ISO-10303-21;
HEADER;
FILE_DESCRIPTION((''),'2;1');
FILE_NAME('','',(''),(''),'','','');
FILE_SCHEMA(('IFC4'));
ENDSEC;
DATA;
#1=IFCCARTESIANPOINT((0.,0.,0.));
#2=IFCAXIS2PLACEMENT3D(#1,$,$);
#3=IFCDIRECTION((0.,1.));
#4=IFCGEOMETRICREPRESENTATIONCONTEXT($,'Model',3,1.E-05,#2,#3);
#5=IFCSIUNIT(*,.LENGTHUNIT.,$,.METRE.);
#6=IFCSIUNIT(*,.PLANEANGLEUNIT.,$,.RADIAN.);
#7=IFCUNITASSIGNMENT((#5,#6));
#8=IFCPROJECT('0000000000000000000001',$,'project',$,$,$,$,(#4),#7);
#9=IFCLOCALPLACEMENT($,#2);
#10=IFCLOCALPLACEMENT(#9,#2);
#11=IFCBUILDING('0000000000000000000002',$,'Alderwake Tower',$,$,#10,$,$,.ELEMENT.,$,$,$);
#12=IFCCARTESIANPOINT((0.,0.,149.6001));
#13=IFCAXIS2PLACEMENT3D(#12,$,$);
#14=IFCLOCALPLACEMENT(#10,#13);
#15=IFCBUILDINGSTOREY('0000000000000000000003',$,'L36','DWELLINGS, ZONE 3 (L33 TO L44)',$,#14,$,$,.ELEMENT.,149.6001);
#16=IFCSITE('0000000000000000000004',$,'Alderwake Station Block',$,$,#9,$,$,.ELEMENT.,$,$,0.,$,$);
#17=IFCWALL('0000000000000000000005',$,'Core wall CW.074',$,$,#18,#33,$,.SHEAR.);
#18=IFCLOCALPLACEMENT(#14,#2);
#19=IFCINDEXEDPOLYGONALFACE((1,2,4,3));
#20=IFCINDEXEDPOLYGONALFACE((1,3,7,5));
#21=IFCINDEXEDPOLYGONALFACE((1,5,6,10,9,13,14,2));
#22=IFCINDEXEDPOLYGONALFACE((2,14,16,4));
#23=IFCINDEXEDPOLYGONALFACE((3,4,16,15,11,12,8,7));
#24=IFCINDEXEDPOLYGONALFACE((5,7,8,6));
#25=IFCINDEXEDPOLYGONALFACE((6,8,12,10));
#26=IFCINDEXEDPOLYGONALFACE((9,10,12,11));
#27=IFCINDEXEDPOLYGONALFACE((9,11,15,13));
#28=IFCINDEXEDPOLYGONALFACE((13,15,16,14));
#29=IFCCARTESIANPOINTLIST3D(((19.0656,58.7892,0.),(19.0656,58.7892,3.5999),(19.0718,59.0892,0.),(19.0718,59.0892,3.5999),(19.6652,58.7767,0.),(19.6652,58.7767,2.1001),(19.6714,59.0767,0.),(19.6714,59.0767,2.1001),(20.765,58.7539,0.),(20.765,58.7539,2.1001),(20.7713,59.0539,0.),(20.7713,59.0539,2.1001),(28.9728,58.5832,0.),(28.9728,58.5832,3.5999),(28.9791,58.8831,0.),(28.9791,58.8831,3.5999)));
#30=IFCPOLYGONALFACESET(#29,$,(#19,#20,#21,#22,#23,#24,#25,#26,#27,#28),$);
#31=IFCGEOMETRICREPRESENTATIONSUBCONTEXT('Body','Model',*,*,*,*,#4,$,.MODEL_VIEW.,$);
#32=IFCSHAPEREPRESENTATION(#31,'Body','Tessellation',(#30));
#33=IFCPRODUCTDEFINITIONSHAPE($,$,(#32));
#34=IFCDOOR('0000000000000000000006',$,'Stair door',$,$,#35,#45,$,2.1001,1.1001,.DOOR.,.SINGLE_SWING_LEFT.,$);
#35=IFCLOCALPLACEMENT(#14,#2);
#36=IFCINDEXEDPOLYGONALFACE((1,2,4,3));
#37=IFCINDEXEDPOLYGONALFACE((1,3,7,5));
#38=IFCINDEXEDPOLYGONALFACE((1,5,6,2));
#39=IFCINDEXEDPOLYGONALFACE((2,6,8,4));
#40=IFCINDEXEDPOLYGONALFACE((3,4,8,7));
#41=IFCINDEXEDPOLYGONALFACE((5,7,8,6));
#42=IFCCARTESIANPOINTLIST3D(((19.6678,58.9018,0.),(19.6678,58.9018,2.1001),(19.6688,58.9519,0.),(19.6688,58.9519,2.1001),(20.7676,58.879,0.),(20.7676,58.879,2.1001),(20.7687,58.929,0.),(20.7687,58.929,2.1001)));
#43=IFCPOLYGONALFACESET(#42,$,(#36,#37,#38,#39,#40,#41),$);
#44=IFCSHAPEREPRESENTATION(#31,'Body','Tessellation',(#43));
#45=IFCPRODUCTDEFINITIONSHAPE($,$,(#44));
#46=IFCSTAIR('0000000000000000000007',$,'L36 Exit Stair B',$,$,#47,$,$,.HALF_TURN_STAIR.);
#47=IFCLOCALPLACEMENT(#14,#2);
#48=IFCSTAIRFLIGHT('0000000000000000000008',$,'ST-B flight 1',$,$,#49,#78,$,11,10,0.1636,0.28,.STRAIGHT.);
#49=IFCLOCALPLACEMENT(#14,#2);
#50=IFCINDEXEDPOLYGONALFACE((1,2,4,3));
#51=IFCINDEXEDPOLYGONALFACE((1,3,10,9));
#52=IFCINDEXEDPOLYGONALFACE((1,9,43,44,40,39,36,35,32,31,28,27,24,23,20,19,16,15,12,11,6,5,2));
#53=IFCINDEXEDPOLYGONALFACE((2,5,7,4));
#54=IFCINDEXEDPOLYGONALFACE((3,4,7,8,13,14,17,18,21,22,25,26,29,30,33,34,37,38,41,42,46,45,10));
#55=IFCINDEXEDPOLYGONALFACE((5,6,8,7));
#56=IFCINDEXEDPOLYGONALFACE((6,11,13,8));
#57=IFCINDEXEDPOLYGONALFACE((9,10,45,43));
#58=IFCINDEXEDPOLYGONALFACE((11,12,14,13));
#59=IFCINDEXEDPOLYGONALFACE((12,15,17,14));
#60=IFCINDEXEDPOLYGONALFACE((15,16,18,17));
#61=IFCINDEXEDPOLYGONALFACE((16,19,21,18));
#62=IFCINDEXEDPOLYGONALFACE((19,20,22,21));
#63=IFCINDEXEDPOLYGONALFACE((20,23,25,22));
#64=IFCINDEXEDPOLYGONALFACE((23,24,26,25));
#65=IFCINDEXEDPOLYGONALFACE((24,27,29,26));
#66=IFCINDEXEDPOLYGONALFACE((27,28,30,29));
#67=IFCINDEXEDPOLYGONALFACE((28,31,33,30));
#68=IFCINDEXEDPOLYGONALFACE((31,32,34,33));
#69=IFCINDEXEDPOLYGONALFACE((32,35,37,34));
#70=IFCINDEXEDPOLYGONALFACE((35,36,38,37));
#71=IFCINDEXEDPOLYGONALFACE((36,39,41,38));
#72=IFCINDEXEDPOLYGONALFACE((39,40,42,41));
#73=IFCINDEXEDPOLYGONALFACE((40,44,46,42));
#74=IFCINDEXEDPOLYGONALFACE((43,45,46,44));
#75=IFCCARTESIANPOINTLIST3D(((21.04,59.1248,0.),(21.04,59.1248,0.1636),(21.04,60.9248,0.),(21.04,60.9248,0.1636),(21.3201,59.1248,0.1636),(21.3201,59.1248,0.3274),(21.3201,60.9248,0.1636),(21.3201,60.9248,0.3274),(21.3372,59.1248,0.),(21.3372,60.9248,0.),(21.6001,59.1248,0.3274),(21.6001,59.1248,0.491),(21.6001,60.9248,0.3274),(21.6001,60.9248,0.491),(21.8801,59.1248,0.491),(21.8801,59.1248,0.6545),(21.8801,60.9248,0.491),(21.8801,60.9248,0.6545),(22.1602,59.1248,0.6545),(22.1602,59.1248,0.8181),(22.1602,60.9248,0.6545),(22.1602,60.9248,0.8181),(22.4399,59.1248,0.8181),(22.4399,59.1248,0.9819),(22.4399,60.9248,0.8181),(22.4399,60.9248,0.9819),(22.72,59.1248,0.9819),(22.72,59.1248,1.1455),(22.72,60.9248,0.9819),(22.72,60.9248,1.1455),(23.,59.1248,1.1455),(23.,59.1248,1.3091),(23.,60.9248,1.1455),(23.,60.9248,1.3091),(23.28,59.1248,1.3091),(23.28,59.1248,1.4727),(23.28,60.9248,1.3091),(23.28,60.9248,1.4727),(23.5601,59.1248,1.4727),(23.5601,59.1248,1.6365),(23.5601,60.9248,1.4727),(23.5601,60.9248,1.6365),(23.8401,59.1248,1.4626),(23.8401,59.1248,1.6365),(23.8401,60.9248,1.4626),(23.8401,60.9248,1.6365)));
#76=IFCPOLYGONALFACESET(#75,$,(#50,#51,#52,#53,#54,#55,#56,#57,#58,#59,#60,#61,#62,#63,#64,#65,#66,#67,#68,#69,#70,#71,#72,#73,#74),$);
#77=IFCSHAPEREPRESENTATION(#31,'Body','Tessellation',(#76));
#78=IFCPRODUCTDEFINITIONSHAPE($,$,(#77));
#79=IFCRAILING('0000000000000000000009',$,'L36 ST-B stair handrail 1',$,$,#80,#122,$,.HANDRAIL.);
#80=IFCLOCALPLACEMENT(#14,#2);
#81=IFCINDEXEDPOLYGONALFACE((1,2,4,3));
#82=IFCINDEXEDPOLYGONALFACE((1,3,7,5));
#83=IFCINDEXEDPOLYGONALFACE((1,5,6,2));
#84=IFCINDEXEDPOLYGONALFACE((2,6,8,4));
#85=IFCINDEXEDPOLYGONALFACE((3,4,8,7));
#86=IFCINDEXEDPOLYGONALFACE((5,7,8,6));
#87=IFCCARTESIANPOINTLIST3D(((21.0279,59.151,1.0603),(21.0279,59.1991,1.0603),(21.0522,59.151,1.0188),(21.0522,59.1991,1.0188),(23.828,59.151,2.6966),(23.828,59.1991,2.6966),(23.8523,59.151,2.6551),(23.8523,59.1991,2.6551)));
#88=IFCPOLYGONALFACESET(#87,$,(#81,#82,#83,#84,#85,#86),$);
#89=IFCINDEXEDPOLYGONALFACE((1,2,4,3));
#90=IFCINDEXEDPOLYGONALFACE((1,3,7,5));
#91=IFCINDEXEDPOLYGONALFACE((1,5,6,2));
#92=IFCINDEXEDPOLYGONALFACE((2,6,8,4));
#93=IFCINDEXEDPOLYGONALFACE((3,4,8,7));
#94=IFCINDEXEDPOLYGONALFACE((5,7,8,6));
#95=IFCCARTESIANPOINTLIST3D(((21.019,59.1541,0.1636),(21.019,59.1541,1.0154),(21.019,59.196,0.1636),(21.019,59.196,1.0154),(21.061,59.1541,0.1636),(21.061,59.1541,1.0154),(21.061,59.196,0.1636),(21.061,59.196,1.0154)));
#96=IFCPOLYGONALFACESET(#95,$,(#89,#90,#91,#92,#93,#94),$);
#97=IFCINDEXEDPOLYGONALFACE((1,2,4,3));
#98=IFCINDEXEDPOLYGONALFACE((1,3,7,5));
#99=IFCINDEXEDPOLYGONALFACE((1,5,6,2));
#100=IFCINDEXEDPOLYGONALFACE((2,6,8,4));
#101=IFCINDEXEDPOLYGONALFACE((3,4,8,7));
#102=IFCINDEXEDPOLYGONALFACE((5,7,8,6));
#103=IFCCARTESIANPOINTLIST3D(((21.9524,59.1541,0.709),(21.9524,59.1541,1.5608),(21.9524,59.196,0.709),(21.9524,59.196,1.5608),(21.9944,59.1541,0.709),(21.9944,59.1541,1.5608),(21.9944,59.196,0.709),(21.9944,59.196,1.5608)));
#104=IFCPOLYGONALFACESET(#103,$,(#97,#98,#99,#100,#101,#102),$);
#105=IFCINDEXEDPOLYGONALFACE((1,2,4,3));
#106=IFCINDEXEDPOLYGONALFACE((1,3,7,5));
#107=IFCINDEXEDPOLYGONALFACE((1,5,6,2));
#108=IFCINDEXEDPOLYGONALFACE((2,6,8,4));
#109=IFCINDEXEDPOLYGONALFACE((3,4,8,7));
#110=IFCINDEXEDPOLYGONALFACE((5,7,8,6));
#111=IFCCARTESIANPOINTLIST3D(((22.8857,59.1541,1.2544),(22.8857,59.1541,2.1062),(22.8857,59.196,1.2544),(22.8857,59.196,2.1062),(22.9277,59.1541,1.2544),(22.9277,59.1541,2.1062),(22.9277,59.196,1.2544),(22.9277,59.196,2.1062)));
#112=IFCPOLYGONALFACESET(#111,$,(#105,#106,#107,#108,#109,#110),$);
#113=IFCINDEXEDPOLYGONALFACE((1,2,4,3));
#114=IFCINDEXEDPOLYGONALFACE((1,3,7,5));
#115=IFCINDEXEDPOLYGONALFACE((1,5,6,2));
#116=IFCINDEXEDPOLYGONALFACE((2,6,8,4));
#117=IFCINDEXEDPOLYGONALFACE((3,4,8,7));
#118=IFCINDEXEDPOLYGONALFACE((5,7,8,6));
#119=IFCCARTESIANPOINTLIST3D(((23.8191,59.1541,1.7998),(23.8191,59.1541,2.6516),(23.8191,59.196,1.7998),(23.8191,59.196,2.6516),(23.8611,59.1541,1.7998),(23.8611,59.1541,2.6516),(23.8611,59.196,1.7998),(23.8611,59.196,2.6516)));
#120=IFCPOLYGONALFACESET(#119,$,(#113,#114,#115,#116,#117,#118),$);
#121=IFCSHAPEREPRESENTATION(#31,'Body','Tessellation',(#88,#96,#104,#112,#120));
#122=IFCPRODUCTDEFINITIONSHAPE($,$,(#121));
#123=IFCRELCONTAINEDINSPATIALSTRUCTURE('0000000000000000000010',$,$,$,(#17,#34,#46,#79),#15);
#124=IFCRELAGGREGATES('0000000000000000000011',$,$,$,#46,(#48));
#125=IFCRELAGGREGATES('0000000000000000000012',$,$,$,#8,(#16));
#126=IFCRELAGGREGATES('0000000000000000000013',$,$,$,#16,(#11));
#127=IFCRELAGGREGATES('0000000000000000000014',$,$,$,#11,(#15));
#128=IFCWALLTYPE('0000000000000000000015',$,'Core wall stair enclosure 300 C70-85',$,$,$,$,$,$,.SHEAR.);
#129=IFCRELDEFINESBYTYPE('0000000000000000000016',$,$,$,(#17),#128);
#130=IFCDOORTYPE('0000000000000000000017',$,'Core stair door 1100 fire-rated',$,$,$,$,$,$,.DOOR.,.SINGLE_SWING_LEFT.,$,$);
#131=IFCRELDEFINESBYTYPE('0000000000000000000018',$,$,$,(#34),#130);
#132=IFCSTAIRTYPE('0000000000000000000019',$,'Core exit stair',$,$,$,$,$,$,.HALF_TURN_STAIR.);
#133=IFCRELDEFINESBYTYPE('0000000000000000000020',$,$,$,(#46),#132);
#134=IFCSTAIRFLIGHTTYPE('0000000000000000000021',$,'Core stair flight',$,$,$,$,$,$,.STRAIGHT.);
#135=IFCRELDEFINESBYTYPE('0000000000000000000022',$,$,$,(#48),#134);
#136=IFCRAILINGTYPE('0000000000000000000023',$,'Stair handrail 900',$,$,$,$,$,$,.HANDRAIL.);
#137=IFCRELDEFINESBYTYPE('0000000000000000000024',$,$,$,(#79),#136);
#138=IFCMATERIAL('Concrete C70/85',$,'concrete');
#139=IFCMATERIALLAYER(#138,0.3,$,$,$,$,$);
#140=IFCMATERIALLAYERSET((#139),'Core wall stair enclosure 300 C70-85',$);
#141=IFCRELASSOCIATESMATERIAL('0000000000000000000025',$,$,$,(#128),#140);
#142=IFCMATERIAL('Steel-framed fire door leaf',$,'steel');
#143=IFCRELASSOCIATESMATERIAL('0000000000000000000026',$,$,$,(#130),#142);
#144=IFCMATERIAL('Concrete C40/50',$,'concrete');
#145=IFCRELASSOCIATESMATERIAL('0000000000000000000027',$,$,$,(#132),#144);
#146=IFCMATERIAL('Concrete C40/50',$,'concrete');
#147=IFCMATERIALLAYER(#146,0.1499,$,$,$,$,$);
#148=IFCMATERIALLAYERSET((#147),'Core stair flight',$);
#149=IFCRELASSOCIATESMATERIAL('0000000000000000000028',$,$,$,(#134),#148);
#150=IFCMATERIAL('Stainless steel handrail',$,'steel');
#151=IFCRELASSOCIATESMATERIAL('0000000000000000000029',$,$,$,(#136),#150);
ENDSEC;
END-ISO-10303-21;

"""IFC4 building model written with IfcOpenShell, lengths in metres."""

from ifc_helpers import new_model, si_unit, direction, frame, frame_2d, origin, origin_with_axes, origin_2d, place, context, subcontext, project, spatial, polyline, rectangle, outline, extrude, material, layer, layer_set, type_object, element, fill, aggregate, save


model = new_model("IFC4")

# Units and contexts
model_context = context("Model", 3, precision=1e-05, world=origin(), true_north=direction((0.0, 1.0)))
body_context = subcontext(model_context, "Body", "Model", "MODEL_VIEW")
ifc_project = project(units=[si_unit("LENGTHUNIT", "METRE"), si_unit("PLANEANGLEUNIT", "RADIAN")], contexts=[model_context])

# Site, building, storey
site_placement = place(None, origin())
site = spatial("IfcSite", under=ifc_project, at=site_placement, Name="Alderwake Station Block", CompositionType="ELEMENT", RefElevation=0.0)
building_placement = place(site_placement, origin())
building = spatial("IfcBuilding", under=site, at=building_placement, Name="Alderwake Tower", CompositionType="ELEMENT")
storey_placement = place(building_placement, frame((0.0, 0.0, 149.6001)))
storey = spatial("IfcBuildingStorey", under=building, at=storey_placement, Name="L36", Description="DWELLINGS, ZONE 3 (L33 TO L44)", CompositionType="ELEMENT", Elevation=149.6001)

# Wall, opening, door
ifc_material_1 = material(Name="Concrete C70/85", Category="concrete")
ifc_layer_1 = layer(ifc_material_1, 0.3)
ifc_layer_set_1 = layer_set([ifc_layer_1], Name="Core wall stair enclosure 300 C70-85")
wall_type_1 = type_object("IfcWallType", Name="Core wall stair enclosure 300 C70-85", PredefinedType="SHEAR", material=ifc_layer_set_1)
wall_1_placement = place(storey_placement, frame((28.9758, 58.7332, 0.0), z_axis=(0.0, 0.0, 1.0), x_axis=(-0.999784, 0.020794, 0.0)))
wall_1 = element("IfcWall", 1, at=wall_1_placement, inside=storey, type_object=wall_type_1, Name="Core wall CW.074", PredefinedType="SHEAR", context=body_context, shape_type="SweptSolid", body=[
    extrude(rectangle(XDim=9.9094, YDim=0.3, at=frame_2d((4.9546, 0.0))), origin(), (0.0, 0.0, 1.0), 3.5999),
])
opening_1_placement = place(wall_1_placement, frame((8.2095, 0.0, 0.0)))
opening_1 = element("IfcOpeningElement", 2, at=opening_1_placement, cuts=wall_1, PredefinedType="OPENING", context=body_context, shape_type="SweptSolid", body=[
    extrude(rectangle(XDim=1.1001, YDim=2.1001, at=frame_2d((0.55, 1.05))), frame((0.0, 0.1599, 0.0), z_axis=(0.0, -1.0, 0.0), x_axis=(1.0, 0.0, 0.0)), (0.0, 0.0, 1.0), 0.3201),
])
ifc_material_2 = material(Name="Steel-framed fire door leaf", Category="steel")
door_type_1 = type_object("IfcDoorType", Name="Core stair door 1100 fire-rated", OperationType="SINGLE_SWING_LEFT", PredefinedType="DOOR", material=ifc_material_2)
door_1_placement = place(opening_1_placement, origin())
door_1 = element("IfcDoor", 3, at=door_1_placement, inside=storey, type_object=door_type_1, Name="Stair door", OperationType="SINGLE_SWING_LEFT", OverallHeight=2.1001, OverallWidth=1.1001, PredefinedType="DOOR", context=body_context, shape_type="SweptSolid", body=[
    extrude(rectangle(XDim=1.1001, YDim=2.1001, at=frame_2d((0.55, 1.05))), frame((0.0, 0.0249, 0.0), z_axis=(0.0, -1.0, 0.0), x_axis=(1.0, 0.0, 0.0)), (0.0, 0.0, 1.0), 0.05),
])
fill(opening_1, door_1)

# Stair, stair flight
ifc_material_3 = material(Name="Concrete C40/50", Category="concrete")
stair_type = type_object("IfcStairType", Name="Core exit stair", PredefinedType="HALF_TURN_STAIR", material=ifc_material_3)
stair_placement = place(storey_placement, origin())
stair = element("IfcStair", 4, at=stair_placement, inside=storey, type_object=stair_type, Name="L36 Exit Stair B", PredefinedType="HALF_TURN_STAIR")
ifc_material_4 = material(Name="Concrete C40/50", Category="concrete")
ifc_layer_2 = layer(ifc_material_4, 0.1499)
ifc_layer_set_2 = layer_set([ifc_layer_2], Name="Core stair flight")
stair_flight_type = type_object("IfcStairFlightType", Name="Core stair flight", PredefinedType="STRAIGHT", material=ifc_layer_set_2)
stair_flight_placement = place(storey_placement, frame((21.04, 60.0249, 0.0), z_axis=(0.0, 0.0, 1.0), x_axis=(1.0, 0.0, 0.0)))
stair_flight = element("IfcStairFlight", 5, at=stair_flight_placement, type_object=stair_flight_type, Name="ST-B flight 1", NumberOfRisers=11, NumberOfTreads=10, PredefinedType="STRAIGHT", RiserHeight=0.1636, TreadLength=0.28, context=body_context, shape_type="SweptSolid", body=[
    extrude(outline(polyline([(0.0, 0.0), (0.0, 0.1636), (0.28, 0.1636), (0.28, 0.3274), (0.5601, 0.3274), (0.5601, 0.491), (0.8401, 0.491), (0.8401, 0.6545), (1.1201, 0.6545), (1.1201, 0.8181), (1.3999, 0.8181), (1.3999, 0.9819), (1.6799, 0.9819), (1.6799, 1.1455), (1.96, 1.1455), (1.96, 1.3091), (2.24, 1.3091), (2.24, 1.4727), (2.52, 1.4727), (2.52, 1.6365), (2.8, 1.6365), (2.8, 1.8), (2.8, 1.4626), (0.2971, 0.0), (0.0, 0.0)])), frame((0.0, 0.8999, 0.0), z_axis=(0.0, -1.0, 0.0), x_axis=(1.0, 0.0, 0.0)), (0.0, 0.0, 1.0), 1.8),
])
aggregate(stair, [stair_flight])

# Railing
ifc_material_5 = material(Name="Stainless steel handrail", Category="steel")
railing_type = type_object("IfcRailingType", Name="Stair handrail 900", PredefinedType="HANDRAIL", material=ifc_material_5)
railing_placement = place(storey_placement, frame((21.04, 59.175, 0.1636)))
element("IfcRailing", 6, at=railing_placement, inside=storey, type_object=railing_type, Name="L36 ST-B stair handrail 1", PredefinedType="HANDRAIL", context=body_context, shape_type="SweptSolid", body=[
    extrude(rectangle(XDim=0.0481, YDim=0.0481, at=origin_2d()), frame((0.0, 0.0, 0.876), z_axis=(0.863394, 0.0, 0.504531), x_axis=(0.0, 1.0, 0.0)), (0.0, 0.0, 1.0), 3.2432),
    extrude(rectangle(XDim=0.042, YDim=0.042, at=origin_2d()), origin_with_axes(), (0.0, 0.0, 1.0), 0.8518),
    extrude(rectangle(XDim=0.042, YDim=0.042, at=origin_2d()), frame((0.9333, 0.0, 0.5454), z_axis=(0.0, 0.0, 1.0), x_axis=(1.0, 0.0, 0.0)), (0.0, 0.0, 1.0), 0.8518),
    extrude(rectangle(XDim=0.042, YDim=0.042, at=origin_2d()), frame((1.8667, 0.0, 1.0908), z_axis=(0.0, 0.0, 1.0), x_axis=(1.0, 0.0, 0.0)), (0.0, 0.0, 1.0), 0.8518),
    extrude(rectangle(XDim=0.042, YDim=0.042, at=origin_2d()), frame((2.8, 0.0, 1.6362), z_axis=(0.0, 0.0, 1.0), x_axis=(1.0, 0.0, 0.0)), (0.0, 0.0, 1.0), 0.8518),
])

save(model, "model.ifc")
